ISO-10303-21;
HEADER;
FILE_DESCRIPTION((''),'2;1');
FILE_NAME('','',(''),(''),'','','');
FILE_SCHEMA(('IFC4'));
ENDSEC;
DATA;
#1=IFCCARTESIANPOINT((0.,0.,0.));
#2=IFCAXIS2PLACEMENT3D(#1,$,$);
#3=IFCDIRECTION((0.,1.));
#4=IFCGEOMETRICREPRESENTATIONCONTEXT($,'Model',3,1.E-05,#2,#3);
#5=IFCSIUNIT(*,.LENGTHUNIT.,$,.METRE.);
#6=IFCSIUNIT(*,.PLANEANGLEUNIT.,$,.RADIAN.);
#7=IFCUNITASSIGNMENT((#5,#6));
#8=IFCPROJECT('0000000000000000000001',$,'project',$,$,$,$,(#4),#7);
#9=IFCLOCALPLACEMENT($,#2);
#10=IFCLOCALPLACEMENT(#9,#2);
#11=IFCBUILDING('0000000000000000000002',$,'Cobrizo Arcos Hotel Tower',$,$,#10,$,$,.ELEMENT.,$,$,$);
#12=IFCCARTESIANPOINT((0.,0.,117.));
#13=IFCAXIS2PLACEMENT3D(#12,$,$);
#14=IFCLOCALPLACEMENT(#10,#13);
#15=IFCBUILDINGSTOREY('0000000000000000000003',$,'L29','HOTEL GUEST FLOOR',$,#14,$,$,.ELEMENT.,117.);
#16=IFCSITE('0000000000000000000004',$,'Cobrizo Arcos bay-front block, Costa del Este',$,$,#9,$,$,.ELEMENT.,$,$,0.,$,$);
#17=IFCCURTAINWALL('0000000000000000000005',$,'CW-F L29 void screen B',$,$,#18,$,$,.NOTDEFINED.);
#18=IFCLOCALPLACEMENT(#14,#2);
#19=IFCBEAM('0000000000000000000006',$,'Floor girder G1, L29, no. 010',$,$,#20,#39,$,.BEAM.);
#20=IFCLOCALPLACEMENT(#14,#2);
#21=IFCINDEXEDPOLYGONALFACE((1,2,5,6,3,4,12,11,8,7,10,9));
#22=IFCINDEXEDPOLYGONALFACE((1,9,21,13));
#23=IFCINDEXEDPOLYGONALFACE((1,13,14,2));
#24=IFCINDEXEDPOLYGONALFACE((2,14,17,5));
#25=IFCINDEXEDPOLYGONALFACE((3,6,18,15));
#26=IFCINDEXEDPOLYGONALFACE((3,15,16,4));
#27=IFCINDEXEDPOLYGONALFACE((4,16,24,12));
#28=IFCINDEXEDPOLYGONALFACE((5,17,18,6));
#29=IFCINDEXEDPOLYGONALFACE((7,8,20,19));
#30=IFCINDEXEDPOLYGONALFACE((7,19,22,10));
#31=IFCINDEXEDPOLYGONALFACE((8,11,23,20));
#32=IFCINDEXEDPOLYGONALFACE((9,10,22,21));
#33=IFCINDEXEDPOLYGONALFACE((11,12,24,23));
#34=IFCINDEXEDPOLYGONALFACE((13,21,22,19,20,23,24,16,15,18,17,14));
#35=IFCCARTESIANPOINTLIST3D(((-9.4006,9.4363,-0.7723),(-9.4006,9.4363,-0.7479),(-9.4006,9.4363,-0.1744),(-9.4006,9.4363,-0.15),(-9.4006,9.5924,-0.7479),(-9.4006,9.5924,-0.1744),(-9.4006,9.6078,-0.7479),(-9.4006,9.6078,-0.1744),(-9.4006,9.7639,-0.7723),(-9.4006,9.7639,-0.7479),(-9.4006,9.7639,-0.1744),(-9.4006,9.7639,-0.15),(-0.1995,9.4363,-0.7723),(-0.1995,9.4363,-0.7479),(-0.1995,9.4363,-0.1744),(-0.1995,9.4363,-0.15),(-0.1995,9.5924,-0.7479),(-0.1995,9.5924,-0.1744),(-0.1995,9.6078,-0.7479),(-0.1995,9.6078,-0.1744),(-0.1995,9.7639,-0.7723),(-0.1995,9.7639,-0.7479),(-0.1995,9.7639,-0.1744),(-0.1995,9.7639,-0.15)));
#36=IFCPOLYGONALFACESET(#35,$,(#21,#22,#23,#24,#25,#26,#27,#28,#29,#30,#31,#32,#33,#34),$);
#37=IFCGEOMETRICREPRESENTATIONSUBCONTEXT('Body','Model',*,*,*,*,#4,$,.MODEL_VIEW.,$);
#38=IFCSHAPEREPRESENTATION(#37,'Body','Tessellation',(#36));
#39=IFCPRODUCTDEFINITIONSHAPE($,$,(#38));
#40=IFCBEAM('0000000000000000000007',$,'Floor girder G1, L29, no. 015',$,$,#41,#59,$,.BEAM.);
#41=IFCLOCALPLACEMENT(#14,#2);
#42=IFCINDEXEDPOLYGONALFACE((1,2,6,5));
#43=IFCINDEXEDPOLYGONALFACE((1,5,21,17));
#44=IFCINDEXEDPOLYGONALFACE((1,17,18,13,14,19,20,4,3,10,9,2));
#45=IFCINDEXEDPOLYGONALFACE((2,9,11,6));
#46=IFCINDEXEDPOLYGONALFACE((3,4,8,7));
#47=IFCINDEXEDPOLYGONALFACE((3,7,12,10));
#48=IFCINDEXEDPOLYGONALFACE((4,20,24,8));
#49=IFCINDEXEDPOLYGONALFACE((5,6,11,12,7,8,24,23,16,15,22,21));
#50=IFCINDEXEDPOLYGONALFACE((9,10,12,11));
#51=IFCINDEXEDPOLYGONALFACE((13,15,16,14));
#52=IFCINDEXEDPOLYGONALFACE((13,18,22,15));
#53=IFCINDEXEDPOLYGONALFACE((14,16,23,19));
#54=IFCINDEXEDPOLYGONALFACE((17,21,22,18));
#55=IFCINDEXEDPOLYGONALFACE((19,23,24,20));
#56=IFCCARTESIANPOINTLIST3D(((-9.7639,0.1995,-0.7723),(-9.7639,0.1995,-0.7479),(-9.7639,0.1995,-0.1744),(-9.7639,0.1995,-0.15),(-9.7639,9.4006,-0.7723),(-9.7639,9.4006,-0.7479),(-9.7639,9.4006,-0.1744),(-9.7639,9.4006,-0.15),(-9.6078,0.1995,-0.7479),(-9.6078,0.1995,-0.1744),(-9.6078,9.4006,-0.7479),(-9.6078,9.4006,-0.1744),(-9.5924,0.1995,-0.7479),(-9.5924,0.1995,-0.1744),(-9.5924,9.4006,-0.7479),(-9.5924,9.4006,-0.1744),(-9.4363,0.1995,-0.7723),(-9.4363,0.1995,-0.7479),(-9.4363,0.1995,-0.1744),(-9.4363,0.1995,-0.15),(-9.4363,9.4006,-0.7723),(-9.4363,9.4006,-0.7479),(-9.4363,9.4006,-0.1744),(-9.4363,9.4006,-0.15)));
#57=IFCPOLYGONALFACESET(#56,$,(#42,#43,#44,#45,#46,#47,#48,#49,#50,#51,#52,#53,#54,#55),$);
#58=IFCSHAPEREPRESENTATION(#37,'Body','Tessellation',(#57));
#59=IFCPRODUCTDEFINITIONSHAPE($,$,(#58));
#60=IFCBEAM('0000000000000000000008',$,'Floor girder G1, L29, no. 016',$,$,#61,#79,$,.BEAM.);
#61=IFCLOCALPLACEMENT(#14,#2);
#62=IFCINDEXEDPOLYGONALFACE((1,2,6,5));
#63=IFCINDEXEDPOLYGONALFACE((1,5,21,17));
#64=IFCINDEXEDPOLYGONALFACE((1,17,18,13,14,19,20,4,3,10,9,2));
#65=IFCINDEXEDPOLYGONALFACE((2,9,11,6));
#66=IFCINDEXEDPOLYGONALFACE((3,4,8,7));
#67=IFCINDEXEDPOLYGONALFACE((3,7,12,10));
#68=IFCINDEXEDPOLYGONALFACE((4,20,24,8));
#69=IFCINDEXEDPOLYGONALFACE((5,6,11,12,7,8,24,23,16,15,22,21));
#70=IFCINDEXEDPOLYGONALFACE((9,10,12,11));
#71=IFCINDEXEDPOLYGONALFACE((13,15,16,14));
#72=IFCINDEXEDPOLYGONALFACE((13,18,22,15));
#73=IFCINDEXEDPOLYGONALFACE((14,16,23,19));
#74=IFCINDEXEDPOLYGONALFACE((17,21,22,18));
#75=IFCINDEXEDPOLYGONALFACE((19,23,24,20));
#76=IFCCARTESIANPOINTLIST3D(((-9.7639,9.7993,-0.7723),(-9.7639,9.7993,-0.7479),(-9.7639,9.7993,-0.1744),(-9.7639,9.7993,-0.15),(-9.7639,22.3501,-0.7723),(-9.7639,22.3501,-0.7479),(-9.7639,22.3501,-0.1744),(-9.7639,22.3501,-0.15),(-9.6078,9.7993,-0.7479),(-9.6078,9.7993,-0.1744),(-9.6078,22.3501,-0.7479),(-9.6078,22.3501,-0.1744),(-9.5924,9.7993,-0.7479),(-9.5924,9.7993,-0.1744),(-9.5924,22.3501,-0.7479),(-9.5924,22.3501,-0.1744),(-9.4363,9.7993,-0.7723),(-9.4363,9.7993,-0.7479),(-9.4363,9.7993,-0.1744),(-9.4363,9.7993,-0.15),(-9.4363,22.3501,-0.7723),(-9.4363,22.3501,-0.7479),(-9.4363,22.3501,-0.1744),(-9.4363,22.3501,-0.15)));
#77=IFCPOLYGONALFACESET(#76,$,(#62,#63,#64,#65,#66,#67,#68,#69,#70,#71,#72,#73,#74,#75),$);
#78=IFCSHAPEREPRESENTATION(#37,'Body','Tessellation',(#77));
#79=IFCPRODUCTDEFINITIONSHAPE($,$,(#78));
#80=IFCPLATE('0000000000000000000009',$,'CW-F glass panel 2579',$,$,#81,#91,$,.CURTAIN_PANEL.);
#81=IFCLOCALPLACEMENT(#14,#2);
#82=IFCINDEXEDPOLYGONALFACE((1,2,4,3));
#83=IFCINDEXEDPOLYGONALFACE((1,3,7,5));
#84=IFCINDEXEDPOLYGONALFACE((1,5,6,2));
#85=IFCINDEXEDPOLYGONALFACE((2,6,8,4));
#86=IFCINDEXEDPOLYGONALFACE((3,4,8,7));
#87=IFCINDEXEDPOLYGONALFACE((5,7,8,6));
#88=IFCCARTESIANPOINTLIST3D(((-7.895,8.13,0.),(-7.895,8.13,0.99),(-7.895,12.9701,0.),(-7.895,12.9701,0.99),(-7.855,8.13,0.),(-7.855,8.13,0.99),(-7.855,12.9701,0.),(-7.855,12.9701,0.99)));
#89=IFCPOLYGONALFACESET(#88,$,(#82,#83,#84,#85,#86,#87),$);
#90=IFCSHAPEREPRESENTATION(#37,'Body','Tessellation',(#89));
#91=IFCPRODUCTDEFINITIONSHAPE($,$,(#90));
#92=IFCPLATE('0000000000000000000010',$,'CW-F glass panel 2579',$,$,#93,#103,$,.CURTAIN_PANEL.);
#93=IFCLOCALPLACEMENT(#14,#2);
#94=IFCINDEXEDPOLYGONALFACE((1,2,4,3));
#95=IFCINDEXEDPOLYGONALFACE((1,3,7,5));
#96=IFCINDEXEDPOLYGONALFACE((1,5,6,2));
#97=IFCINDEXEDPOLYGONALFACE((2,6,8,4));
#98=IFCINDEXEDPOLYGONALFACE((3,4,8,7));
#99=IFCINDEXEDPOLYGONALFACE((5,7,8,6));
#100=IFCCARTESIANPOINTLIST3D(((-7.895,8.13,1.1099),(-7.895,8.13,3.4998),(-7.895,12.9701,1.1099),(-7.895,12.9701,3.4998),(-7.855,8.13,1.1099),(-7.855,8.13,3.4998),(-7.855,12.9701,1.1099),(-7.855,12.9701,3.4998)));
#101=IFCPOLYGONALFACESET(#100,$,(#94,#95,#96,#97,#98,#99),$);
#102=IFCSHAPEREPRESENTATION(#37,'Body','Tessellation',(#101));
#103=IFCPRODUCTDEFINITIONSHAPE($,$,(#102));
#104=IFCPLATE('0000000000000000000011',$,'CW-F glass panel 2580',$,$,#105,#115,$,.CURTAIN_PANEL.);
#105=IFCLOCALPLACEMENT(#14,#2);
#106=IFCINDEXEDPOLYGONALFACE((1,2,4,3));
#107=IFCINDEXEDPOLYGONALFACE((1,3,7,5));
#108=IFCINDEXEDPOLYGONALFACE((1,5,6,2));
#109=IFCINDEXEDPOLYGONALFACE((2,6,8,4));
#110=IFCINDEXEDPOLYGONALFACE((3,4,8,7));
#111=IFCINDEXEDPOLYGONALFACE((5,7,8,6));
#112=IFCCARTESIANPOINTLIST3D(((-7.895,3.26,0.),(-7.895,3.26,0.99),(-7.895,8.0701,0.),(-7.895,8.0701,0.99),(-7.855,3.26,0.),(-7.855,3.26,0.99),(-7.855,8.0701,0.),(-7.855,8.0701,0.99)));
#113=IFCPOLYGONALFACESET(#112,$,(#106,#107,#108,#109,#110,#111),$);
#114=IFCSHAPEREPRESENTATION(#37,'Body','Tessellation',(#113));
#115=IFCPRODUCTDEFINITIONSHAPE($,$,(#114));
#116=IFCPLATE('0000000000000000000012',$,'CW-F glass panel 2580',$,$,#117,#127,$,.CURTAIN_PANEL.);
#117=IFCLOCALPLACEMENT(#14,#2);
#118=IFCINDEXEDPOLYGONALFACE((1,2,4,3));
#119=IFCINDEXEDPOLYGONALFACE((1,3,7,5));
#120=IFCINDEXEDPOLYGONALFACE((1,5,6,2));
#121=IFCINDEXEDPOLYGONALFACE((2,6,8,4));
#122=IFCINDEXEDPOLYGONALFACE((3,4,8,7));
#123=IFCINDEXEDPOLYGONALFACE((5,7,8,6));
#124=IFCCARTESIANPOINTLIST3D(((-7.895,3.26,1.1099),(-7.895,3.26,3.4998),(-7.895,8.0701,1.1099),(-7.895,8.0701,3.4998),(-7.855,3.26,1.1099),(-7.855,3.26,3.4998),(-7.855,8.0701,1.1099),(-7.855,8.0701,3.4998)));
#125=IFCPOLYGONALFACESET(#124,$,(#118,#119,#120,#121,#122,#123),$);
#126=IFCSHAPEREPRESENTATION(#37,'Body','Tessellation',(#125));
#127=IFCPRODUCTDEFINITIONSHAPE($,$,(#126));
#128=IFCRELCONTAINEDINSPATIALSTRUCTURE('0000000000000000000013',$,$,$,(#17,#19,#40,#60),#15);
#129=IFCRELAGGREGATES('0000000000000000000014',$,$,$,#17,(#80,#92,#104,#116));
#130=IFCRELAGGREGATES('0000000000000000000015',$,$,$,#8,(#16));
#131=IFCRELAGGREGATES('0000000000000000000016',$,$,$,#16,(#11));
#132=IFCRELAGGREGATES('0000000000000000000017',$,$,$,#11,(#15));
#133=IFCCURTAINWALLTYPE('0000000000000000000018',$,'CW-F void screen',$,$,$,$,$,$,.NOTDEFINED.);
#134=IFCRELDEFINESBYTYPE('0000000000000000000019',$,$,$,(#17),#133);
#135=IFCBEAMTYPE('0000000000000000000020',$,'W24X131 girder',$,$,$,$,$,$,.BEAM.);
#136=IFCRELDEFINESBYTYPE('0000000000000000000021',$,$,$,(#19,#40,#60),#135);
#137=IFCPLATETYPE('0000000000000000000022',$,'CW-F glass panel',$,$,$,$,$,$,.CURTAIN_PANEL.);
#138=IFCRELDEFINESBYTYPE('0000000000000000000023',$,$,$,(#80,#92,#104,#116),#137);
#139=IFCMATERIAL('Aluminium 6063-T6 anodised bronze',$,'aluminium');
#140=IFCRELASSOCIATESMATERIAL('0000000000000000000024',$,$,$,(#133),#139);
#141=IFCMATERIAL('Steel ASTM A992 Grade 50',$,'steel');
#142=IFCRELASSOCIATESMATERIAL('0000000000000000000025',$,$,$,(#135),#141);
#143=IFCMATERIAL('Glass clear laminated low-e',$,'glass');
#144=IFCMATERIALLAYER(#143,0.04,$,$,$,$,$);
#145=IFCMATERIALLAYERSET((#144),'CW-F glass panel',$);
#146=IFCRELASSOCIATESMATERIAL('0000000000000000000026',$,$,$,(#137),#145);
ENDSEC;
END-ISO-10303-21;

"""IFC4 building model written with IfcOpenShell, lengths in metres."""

from ifc_helpers import new_model, si_unit, direction, frame, origin, origin_2d, place, context, subcontext, project, spatial, rectangle, i_section, extrude, material, layer, layer_set, material_profile, profile_set, type_object, element, aggregate, save


model = new_model("IFC4")

# Units and contexts
model_context = context("Model", 3, precision=1e-05, world=origin(), true_north=direction((0.0, 1.0)))
body_context = subcontext(model_context, "Body", "Model", "MODEL_VIEW")
ifc_project = project(units=[si_unit("LENGTHUNIT", "METRE"), si_unit("PLANEANGLEUNIT", "RADIAN")], contexts=[model_context])

# Site, building, storey
site_placement = place(None, origin())
site = spatial("IfcSite", under=ifc_project, at=site_placement, Name="Cobrizo Arcos bay-front block, Costa del Este", CompositionType="ELEMENT", RefElevation=0.0)
building_placement = place(site_placement, origin())
building = spatial("IfcBuilding", under=site, at=building_placement, Name="Cobrizo Arcos Hotel Tower", CompositionType="ELEMENT")
storey_placement = place(building_placement, frame((0.0, 0.0, 117.0)))
storey = spatial("IfcBuildingStorey", under=building, at=storey_placement, Name="L29", Description="HOTEL GUEST FLOOR", CompositionType="ELEMENT", Elevation=117.0)

# Shared definitions
ifc_material_1 = material(Name="Steel ASTM A992 Grade 50", Category="steel")

# Curtain wall
ifc_material_2 = material(Name="Aluminium 6063-T6 anodised bronze", Category="aluminium")
curtain_wall_type = type_object("IfcCurtainWallType", Name="CW-F void screen", PredefinedType="NOTDEFINED", material=ifc_material_2)
curtain_wall_1_placement = place(storey_placement, origin())
curtain_wall_1 = element("IfcCurtainWall", 1, at=curtain_wall_1_placement, inside=storey, type_object=curtain_wall_type, Name="CW-F L29 void screen B", PredefinedType="NOTDEFINED")

# Beams
ifc_material_profile_1 = material_profile(ifc_material_1, i_section(OverallWidth=0.3276, OverallDepth=0.6223, WebThickness=0.0154, FlangeThickness=0.0244, at=origin_2d()), Name="W24X131")
ifc_profile_set_1 = profile_set([ifc_material_profile_1], Name="Steel ASTM A992 Grade 50")
beam_type_1 = type_object("IfcBeamType", Name="W24X131 girder", PredefinedType="BEAM", material=ifc_profile_set_1)
for number, where, z_axis, x_axis, name in (
    (2, (-9.4006, 9.6001, -0.4612), (1.0, 0.0, 0.0), (0.0, 1.0, 0.0), "Floor girder G1, L29, no. 010"),
    (3, (-9.6001, 0.1995, -0.4612), (0.0, 1.0, 0.0), (-1.0, 0.0, 0.0), "Floor girder G1, L29, no. 015"),
):
    element("IfcBeam", number, at=place(storey_placement, frame(where, z_axis=z_axis, x_axis=x_axis)), inside=storey, type_object=beam_type_1, Name=name, PredefinedType="BEAM", context=body_context, shape_type="SweptSolid", body=[
        extrude(i_section(OverallWidth=0.3276, OverallDepth=0.6223, WebThickness=0.0154, FlangeThickness=0.0244, at=origin_2d()), origin(), (0.0, 0.0, 1.0), 9.2012),
    ])
beam_1_placement = place(storey_placement, frame((-9.6001, 9.7993, -0.4612), z_axis=(0.0, 1.0, 0.0), x_axis=(-1.0, 0.0, 0.0)))
element("IfcBeam", 4, at=beam_1_placement, inside=storey, type_object=beam_type_1, Name="Floor girder G1, L29, no. 016", PredefinedType="BEAM", context=body_context, shape_type="SweptSolid", body=[
    extrude(i_section(OverallWidth=0.3276, OverallDepth=0.6223, WebThickness=0.0154, FlangeThickness=0.0244, at=origin_2d()), origin(), (0.0, 0.0, 1.0), 12.5508),
])

# Plates
ifc_material_3 = material(Name="Glass clear laminated low-e", Category="glass")
ifc_layer_1 = layer(ifc_material_3, 0.04)
ifc_layer_set_1 = layer_set([ifc_layer_1], Name="CW-F glass panel")
plate_type = type_object("IfcPlateType", Name="CW-F glass panel", PredefinedType="CURTAIN_PANEL", material=ifc_layer_set_1)
plate_1_placement = place(storey_placement, frame((-7.875, 10.55, 0.0), z_axis=(0.0, 0.0, 1.0), x_axis=(0.0, -1.0, 0.0)))
plate_1 = element("IfcPlate", 5, at=plate_1_placement, type_object=plate_type, Name="CW-F glass panel 2579", PredefinedType="CURTAIN_PANEL", context=body_context, shape_type="SweptSolid", body=[
    extrude(rectangle(XDim=4.8401, YDim=0.04, at=origin_2d()), origin(), (0.0, 0.0, 1.0), 0.99),
])
plate_2_placement = place(storey_placement, frame((-7.875, 10.55, 1.1099), z_axis=(0.0, 0.0, 1.0), x_axis=(0.0, -1.0, 0.0)))
plate_2 = element("IfcPlate", 6, at=plate_2_placement, type_object=plate_type, Name="CW-F glass panel 2579", PredefinedType="CURTAIN_PANEL", context=body_context, shape_type="SweptSolid", body=[
    extrude(rectangle(XDim=4.8401, YDim=0.04, at=origin_2d()), origin(), (0.0, 0.0, 1.0), 2.3899),
])
plate_3_placement = place(storey_placement, frame((-7.875, 5.665, 0.0), z_axis=(0.0, 0.0, 1.0), x_axis=(0.0, -1.0, 0.0)))
plate_3 = element("IfcPlate", 7, at=plate_3_placement, type_object=plate_type, Name="CW-F glass panel 2580", PredefinedType="CURTAIN_PANEL", context=body_context, shape_type="SweptSolid", body=[
    extrude(rectangle(XDim=4.8101, YDim=0.04, at=origin_2d()), origin(), (0.0, 0.0, 1.0), 0.99),
])
plate_4_placement = place(storey_placement, frame((-7.875, 5.665, 1.1099), z_axis=(0.0, 0.0, 1.0), x_axis=(0.0, -1.0, 0.0)))
plate_4 = element("IfcPlate", 8, at=plate_4_placement, type_object=plate_type, Name="CW-F glass panel 2580", PredefinedType="CURTAIN_PANEL", context=body_context, shape_type="SweptSolid", body=[
    extrude(rectangle(XDim=4.8101, YDim=0.04, at=origin_2d()), origin(), (0.0, 0.0, 1.0), 2.3899),
])
aggregate(curtain_wall_1, [plate_1, plate_2, plate_3, plate_4])

save(model, "model.ifc")
